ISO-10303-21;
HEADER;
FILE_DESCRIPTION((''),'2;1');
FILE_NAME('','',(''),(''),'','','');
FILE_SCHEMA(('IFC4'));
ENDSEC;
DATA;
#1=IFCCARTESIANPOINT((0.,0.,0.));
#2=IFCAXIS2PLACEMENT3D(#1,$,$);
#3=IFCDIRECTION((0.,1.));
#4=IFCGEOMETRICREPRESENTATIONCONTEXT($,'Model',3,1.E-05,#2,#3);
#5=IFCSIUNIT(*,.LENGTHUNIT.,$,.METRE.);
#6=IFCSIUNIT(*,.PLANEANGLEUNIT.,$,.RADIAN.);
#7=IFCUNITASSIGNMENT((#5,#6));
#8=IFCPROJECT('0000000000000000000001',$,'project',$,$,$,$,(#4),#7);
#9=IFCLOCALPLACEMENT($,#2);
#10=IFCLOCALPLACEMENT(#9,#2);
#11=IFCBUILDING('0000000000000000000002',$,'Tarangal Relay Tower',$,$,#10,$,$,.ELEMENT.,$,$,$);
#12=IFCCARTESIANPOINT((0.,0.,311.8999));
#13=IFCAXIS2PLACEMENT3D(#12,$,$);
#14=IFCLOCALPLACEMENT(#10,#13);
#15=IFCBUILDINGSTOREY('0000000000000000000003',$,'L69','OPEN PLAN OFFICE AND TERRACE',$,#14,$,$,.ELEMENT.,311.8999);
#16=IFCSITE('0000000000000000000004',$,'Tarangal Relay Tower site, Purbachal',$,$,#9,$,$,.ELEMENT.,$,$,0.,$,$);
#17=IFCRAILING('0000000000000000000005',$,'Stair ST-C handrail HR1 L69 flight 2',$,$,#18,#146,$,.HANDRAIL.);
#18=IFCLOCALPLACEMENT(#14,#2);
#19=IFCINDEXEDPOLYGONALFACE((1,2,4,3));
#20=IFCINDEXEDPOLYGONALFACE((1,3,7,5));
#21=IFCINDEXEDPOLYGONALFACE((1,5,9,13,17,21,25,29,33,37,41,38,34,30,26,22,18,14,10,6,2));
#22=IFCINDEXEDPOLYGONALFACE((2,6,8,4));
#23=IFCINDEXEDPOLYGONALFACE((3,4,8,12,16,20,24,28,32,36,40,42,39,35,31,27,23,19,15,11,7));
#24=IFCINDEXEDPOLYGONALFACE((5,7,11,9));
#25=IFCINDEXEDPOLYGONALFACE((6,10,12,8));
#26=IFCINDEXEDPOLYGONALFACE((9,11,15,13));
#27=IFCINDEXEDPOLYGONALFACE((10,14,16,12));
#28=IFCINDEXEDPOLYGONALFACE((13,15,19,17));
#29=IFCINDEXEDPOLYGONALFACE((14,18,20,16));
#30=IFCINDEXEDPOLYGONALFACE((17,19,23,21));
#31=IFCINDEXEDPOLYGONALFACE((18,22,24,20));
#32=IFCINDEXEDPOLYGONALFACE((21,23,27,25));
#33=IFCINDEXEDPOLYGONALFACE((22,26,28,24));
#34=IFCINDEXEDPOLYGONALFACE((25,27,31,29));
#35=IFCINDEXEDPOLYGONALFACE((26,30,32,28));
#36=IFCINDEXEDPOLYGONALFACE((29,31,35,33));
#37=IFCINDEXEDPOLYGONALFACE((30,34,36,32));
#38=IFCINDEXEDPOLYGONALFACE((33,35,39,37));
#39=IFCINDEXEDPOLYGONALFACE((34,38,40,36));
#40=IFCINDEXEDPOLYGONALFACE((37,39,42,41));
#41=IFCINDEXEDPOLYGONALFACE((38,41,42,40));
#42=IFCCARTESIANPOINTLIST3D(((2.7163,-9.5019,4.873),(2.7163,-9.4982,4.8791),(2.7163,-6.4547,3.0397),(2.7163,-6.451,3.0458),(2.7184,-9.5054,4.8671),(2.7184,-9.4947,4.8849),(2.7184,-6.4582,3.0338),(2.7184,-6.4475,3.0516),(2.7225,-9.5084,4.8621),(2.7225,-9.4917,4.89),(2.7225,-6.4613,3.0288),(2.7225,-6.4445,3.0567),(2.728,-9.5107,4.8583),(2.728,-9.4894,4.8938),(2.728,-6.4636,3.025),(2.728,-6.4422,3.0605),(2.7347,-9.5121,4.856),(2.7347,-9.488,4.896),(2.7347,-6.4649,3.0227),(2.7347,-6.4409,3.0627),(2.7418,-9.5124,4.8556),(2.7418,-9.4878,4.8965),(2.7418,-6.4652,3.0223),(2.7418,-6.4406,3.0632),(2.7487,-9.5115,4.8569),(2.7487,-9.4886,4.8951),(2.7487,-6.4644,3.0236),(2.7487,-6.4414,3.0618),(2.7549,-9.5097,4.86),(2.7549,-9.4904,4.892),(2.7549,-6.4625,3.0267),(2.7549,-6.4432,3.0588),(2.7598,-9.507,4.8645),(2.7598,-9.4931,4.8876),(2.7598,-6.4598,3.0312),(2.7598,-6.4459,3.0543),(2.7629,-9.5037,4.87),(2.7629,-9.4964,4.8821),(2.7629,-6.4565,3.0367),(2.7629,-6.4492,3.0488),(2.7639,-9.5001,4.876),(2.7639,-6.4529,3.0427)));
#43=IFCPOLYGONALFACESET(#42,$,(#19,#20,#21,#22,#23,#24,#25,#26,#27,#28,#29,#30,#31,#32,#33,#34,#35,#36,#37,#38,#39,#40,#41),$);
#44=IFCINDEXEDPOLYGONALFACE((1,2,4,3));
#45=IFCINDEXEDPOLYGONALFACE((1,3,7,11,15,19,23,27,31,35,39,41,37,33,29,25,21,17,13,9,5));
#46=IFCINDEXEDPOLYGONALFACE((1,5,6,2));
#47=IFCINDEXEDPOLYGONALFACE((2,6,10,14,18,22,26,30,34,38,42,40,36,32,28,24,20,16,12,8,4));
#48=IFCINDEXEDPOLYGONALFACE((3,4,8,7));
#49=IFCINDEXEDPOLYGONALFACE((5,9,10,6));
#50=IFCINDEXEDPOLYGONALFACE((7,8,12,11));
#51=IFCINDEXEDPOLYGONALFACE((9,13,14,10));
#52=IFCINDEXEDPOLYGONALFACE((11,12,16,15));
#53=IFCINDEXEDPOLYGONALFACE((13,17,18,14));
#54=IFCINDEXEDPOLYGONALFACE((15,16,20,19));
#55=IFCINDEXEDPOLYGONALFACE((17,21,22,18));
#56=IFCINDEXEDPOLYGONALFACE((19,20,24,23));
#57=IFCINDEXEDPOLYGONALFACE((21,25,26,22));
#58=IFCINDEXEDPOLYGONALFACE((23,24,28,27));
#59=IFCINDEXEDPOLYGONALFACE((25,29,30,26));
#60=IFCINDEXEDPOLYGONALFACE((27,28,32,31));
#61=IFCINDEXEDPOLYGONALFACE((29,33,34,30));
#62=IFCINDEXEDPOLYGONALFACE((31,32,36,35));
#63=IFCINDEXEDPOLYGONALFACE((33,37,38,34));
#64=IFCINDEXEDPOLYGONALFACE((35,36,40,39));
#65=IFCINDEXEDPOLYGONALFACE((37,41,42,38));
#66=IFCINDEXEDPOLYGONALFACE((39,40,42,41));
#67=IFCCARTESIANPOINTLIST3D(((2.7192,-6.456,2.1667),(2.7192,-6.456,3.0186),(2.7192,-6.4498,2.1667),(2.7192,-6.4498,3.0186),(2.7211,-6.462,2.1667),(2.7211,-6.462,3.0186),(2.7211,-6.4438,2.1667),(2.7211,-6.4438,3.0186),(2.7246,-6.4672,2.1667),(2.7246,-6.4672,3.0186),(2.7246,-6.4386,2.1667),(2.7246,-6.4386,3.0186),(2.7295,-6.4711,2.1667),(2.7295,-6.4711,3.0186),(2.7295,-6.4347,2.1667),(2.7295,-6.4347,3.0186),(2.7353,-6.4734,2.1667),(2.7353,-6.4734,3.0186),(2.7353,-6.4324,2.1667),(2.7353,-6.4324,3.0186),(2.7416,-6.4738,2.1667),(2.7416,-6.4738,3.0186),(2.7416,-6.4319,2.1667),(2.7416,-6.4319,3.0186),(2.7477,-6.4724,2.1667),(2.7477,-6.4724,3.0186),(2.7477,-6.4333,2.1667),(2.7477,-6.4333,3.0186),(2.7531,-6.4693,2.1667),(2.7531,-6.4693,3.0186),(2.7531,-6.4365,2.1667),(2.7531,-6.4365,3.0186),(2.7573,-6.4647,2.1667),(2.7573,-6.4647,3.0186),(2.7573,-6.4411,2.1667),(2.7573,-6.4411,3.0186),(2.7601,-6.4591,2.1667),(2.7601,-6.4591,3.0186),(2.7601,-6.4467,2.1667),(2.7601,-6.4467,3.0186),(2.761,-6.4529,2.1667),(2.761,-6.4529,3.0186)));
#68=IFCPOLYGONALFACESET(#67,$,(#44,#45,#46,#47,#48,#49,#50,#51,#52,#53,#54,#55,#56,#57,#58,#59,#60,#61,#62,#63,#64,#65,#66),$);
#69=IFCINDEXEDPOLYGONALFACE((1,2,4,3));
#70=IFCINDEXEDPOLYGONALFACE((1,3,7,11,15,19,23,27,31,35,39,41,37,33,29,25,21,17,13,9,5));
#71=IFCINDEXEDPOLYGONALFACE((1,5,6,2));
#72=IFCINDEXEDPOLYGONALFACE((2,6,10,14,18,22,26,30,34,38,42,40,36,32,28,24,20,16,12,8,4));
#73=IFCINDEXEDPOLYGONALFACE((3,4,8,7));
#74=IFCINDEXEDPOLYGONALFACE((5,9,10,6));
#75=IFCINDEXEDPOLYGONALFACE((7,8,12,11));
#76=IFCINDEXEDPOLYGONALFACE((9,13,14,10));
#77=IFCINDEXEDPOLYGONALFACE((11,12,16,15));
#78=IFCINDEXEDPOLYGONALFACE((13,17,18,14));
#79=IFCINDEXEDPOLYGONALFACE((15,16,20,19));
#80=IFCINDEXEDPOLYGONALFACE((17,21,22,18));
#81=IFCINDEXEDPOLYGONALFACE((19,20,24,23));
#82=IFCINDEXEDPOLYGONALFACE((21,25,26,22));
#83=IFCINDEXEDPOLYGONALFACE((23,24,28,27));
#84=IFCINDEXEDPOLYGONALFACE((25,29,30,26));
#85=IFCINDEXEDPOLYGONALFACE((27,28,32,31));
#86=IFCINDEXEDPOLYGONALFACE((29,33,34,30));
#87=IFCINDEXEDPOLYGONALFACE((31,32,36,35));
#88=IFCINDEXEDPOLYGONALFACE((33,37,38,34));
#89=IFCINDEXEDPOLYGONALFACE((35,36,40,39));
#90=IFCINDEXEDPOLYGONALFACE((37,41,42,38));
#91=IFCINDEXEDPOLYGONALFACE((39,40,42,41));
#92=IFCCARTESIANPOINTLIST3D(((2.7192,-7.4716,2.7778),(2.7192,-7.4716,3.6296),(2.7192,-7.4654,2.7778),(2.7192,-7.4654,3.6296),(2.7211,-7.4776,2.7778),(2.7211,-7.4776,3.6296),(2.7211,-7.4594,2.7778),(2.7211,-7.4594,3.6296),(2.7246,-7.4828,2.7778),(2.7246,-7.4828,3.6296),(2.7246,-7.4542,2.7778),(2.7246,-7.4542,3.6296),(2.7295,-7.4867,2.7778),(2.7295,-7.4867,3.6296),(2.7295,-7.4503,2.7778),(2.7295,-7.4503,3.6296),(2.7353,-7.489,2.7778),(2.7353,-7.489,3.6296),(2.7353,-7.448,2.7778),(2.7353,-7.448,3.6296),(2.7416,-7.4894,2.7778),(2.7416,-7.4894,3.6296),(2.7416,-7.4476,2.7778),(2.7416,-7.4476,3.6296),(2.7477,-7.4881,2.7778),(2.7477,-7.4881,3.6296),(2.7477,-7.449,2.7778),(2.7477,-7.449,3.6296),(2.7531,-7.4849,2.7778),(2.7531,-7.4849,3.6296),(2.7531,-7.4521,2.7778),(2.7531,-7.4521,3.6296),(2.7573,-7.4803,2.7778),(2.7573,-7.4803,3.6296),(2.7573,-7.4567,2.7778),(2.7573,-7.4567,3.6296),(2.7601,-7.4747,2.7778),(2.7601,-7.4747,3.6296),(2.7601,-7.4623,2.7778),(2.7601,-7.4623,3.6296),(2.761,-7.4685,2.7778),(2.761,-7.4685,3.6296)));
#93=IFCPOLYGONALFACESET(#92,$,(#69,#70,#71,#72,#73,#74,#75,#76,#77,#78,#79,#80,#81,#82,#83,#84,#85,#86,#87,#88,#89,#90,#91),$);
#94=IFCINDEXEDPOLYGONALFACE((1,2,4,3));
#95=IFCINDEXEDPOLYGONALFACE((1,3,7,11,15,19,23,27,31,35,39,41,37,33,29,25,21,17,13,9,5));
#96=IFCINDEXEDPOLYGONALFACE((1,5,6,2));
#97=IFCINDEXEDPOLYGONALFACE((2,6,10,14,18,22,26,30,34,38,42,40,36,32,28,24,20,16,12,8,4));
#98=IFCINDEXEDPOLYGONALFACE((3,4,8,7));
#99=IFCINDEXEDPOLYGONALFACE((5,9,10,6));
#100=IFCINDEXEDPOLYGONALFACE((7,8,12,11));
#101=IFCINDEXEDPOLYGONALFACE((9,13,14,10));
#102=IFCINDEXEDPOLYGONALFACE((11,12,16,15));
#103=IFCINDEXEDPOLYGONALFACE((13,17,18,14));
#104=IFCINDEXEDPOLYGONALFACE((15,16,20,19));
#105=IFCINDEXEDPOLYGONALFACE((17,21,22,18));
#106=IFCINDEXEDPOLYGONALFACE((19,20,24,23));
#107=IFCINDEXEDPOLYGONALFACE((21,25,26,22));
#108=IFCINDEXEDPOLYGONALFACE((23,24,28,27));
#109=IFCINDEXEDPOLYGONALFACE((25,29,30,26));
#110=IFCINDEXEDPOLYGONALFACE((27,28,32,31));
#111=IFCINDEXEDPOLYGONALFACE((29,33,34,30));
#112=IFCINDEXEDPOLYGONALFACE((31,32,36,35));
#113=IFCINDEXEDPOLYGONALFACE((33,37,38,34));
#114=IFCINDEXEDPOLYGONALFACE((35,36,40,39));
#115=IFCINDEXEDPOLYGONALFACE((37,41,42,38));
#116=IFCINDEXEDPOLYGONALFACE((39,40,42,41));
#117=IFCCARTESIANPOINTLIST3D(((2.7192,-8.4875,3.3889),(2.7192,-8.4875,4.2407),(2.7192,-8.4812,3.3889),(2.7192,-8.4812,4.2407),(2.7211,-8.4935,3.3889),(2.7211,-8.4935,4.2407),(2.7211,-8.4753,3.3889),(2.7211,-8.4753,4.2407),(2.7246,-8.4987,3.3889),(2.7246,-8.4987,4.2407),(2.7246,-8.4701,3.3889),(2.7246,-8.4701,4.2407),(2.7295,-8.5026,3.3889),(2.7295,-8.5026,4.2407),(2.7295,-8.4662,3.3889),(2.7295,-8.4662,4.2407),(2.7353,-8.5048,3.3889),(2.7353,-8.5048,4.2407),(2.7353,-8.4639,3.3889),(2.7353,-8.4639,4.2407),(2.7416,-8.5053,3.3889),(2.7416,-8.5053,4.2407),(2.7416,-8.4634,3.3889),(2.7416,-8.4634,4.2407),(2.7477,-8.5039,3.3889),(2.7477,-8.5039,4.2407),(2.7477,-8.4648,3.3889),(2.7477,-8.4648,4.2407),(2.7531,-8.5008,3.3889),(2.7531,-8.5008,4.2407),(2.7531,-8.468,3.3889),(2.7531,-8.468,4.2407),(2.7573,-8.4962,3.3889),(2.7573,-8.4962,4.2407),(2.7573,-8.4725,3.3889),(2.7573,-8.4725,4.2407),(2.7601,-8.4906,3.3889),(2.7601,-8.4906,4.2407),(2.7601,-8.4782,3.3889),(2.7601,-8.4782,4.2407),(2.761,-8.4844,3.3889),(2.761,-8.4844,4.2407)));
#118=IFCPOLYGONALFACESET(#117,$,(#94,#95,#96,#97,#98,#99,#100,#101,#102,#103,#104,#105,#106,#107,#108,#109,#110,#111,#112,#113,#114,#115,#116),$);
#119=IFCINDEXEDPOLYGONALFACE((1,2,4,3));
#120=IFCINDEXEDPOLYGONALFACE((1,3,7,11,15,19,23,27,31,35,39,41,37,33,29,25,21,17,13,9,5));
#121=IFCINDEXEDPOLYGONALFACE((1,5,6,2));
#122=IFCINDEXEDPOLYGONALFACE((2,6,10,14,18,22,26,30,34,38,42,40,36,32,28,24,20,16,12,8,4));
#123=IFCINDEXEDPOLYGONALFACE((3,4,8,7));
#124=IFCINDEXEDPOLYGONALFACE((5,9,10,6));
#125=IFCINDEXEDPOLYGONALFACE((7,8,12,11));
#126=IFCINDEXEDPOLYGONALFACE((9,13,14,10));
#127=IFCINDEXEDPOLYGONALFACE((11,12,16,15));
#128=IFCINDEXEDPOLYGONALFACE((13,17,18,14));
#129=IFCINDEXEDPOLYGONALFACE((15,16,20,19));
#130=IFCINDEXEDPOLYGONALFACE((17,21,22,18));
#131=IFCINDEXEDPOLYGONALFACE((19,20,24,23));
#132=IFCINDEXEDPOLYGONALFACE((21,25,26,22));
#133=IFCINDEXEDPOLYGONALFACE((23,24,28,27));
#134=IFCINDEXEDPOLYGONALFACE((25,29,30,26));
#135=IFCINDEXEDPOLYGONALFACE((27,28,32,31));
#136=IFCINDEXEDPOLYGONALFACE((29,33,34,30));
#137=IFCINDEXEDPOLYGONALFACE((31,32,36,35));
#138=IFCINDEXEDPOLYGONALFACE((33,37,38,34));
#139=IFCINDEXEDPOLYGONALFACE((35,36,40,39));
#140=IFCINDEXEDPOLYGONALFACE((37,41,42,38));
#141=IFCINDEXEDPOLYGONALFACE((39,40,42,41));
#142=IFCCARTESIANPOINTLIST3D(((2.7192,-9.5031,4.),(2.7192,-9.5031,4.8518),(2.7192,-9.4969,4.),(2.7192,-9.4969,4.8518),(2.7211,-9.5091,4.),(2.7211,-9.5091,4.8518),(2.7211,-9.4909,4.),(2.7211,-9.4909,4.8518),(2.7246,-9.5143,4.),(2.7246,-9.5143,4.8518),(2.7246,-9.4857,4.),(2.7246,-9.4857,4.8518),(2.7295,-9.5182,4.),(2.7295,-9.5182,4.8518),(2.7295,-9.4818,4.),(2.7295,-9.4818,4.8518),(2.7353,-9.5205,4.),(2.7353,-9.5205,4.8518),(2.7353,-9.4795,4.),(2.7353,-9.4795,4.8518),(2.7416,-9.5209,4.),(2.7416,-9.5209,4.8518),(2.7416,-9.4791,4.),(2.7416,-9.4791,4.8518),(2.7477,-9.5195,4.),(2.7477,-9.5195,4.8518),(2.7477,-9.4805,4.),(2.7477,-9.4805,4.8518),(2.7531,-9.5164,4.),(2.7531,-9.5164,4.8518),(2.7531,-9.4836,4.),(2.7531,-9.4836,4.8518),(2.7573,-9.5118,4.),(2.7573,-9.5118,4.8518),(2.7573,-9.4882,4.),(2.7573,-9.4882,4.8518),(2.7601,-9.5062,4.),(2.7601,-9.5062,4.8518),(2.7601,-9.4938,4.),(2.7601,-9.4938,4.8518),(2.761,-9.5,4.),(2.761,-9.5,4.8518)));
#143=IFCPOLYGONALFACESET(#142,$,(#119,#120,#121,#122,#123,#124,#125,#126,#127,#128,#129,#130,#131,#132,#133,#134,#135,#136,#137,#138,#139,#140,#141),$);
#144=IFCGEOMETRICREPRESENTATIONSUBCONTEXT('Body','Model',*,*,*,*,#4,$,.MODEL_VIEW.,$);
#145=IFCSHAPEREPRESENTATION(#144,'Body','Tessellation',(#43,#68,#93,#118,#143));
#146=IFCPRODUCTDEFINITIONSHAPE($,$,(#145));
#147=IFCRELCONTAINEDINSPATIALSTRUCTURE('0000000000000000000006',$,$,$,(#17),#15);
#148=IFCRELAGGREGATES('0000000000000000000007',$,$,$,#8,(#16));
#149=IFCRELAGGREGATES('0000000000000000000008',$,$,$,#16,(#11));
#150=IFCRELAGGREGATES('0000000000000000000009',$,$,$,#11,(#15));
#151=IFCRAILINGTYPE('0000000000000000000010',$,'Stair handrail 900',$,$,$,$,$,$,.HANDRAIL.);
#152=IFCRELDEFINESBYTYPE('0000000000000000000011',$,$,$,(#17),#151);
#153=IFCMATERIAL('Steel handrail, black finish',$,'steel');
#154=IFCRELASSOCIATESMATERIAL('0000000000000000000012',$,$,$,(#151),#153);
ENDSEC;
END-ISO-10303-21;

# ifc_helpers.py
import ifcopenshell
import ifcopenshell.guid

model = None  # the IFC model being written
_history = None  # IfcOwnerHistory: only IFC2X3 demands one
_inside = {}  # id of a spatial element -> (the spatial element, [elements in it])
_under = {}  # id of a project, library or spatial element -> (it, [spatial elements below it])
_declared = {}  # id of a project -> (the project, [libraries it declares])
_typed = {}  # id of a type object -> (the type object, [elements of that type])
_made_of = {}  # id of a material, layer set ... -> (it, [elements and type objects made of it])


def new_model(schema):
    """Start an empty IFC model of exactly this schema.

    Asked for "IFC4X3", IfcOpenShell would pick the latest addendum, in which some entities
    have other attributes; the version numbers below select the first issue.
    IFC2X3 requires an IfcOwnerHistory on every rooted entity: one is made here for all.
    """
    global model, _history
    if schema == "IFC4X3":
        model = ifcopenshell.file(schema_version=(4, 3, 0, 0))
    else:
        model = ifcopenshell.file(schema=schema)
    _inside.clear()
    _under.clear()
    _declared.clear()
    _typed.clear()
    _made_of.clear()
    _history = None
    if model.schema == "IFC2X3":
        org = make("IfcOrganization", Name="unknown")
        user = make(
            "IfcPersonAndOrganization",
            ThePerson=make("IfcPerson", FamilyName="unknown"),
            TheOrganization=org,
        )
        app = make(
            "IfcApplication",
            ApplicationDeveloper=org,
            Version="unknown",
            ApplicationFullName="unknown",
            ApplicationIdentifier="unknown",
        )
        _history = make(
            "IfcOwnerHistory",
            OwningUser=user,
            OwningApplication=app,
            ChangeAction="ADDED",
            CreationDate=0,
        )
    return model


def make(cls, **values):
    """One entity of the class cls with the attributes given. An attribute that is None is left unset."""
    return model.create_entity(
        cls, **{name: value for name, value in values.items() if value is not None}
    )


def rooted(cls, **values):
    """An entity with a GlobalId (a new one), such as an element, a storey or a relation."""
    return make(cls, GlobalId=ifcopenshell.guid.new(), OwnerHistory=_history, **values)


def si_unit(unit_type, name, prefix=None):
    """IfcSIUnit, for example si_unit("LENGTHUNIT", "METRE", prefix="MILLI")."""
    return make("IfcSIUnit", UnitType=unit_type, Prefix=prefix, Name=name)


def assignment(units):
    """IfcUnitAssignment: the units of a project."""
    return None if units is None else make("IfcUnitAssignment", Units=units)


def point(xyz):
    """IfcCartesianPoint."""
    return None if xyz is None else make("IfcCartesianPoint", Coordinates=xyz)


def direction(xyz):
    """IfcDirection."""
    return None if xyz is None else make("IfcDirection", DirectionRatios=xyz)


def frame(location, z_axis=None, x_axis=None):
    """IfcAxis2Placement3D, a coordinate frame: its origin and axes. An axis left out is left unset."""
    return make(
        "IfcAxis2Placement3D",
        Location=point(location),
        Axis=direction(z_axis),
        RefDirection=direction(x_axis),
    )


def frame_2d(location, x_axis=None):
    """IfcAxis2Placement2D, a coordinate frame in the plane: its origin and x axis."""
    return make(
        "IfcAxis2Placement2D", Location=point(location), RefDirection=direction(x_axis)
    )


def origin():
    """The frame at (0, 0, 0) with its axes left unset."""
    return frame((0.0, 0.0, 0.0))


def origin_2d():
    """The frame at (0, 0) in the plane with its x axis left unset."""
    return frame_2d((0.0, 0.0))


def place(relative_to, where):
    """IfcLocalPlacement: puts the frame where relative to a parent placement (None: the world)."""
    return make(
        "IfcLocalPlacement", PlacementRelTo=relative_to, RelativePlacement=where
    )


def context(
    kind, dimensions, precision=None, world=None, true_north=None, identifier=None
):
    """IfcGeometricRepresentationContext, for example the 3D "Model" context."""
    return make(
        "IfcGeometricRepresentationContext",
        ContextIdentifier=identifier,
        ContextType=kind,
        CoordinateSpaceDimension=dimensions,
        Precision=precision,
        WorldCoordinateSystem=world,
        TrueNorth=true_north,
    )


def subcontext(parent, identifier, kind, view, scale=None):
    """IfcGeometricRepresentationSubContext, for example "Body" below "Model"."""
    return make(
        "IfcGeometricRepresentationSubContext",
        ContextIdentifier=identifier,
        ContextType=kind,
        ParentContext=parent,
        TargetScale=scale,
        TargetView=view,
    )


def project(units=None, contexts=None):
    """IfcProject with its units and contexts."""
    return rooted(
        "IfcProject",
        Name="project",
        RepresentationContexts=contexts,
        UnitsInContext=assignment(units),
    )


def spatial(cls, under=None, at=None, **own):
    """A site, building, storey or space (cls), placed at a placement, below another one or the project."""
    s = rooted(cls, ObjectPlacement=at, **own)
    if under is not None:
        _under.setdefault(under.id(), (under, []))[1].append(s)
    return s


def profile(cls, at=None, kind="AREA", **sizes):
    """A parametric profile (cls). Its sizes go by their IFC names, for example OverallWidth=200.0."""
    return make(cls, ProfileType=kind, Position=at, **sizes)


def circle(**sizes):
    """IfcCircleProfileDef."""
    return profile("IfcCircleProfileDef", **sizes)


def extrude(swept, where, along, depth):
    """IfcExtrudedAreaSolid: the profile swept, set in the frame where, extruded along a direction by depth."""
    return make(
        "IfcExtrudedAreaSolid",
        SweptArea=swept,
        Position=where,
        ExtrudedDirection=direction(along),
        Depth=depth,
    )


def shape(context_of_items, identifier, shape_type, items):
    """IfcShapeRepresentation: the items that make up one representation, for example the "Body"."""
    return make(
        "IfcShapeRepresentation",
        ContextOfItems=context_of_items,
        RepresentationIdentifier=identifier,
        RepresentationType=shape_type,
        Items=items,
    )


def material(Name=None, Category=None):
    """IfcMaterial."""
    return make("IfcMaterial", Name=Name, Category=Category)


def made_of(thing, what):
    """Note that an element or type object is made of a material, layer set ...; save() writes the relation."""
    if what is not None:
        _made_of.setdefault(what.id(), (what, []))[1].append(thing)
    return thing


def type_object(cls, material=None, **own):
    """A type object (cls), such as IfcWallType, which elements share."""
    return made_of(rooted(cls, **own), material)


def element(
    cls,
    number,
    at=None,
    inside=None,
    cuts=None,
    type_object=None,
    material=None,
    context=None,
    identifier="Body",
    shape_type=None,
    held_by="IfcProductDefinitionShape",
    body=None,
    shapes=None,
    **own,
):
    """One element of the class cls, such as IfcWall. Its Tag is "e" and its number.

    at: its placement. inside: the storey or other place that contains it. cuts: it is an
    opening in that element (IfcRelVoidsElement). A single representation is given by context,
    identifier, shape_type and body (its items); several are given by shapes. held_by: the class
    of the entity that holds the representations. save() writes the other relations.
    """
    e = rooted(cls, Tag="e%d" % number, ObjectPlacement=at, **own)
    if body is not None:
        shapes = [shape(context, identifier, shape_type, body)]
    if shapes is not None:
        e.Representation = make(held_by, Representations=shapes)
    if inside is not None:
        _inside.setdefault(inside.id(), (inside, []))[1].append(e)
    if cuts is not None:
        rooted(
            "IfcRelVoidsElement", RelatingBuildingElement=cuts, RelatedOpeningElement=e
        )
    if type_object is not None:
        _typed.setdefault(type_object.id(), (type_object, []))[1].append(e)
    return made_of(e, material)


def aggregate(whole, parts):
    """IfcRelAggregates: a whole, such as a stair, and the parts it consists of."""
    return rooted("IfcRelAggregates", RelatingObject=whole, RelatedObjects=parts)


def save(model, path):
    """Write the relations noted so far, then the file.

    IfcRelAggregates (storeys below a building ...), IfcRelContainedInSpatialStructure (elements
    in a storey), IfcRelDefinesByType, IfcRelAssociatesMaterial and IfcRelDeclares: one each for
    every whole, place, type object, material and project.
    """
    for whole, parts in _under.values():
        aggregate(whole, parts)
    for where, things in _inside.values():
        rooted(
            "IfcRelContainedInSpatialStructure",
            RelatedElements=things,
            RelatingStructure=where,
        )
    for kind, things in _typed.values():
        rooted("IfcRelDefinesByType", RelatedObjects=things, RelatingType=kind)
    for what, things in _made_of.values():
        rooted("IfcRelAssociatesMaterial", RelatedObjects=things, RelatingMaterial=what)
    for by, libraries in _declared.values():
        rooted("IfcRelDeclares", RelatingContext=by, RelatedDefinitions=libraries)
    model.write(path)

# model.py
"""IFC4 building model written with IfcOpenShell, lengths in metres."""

from ifc_helpers import new_model, si_unit, direction, frame, origin, origin_2d, place, context, subcontext, project, spatial, circle, extrude, material, type_object, element, save


model = new_model("IFC4")

# Units and contexts
model_context = context("Model", 3, precision=1e-05, world=origin(), true_north=direction((0.0, 1.0)))
body_context = subcontext(model_context, "Body", "Model", "MODEL_VIEW")
ifc_project = project(units=[si_unit("LENGTHUNIT", "METRE"), si_unit("PLANEANGLEUNIT", "RADIAN")], contexts=[model_context])

# Site, building, storey
site_placement = place(None, origin())
site = spatial("IfcSite", under=ifc_project, at=site_placement, Name="Tarangal Relay Tower site, Purbachal", CompositionType="ELEMENT", RefElevation=0.0)
building_placement = place(site_placement, origin())
building = spatial("IfcBuilding", under=site, at=building_placement, Name="Tarangal Relay Tower", CompositionType="ELEMENT")
storey_placement = place(building_placement, frame((0.0, 0.0, 311.8999)))
storey = spatial("IfcBuildingStorey", under=building, at=storey_placement, Name="L69", Description="OPEN PLAN OFFICE AND TERRACE", CompositionType="ELEMENT", Elevation=311.8999)

# Railing
ifc_material_1 = material(Name="Steel handrail, black finish", Category="steel")
railing_type_1 = type_object("IfcRailingType", Name="Stair handrail 900", PredefinedType="HANDRAIL", material=ifc_material_1)
railing_1_placement = place(storey_placement, frame((2.74, -6.4529, 2.1667)))
element("IfcRailing", 1, at=railing_1_placement, inside=storey, type_object=railing_type_1, Name="Stair ST-C handrail HR1 L69 flight 2", PredefinedType="HANDRAIL", context=body_context, shape_type="SweptSolid", body=[
    extrude(circle(Radius=0.0239, at=origin_2d()), frame((0.0, 0.0, 0.876), z_axis=(0.0, -0.856874, 0.515525), x_axis=(1.0, 0.0, 0.0)), (0.0, 0.0, 1.0), 3.5562),
    extrude(circle(Radius=0.021, at=origin_2d()), origin(), (0.0, 0.0, 1.0), 0.8518),
    extrude(circle(Radius=0.021, at=origin_2d()), frame((0.0, -1.0156, 0.6111)), (0.0, 0.0, 1.0), 0.8518),
    extrude(circle(Radius=0.021, at=origin_2d()), frame((0.0, -2.0315, 1.2222)), (0.0, 0.0, 1.0), 0.8518),
    extrude(circle(Radius=0.021, at=origin_2d()), frame((0.0, -3.0471, 1.8333)), (0.0, 0.0, 1.0), 0.8518),
])

save(model, "model.ifc")
